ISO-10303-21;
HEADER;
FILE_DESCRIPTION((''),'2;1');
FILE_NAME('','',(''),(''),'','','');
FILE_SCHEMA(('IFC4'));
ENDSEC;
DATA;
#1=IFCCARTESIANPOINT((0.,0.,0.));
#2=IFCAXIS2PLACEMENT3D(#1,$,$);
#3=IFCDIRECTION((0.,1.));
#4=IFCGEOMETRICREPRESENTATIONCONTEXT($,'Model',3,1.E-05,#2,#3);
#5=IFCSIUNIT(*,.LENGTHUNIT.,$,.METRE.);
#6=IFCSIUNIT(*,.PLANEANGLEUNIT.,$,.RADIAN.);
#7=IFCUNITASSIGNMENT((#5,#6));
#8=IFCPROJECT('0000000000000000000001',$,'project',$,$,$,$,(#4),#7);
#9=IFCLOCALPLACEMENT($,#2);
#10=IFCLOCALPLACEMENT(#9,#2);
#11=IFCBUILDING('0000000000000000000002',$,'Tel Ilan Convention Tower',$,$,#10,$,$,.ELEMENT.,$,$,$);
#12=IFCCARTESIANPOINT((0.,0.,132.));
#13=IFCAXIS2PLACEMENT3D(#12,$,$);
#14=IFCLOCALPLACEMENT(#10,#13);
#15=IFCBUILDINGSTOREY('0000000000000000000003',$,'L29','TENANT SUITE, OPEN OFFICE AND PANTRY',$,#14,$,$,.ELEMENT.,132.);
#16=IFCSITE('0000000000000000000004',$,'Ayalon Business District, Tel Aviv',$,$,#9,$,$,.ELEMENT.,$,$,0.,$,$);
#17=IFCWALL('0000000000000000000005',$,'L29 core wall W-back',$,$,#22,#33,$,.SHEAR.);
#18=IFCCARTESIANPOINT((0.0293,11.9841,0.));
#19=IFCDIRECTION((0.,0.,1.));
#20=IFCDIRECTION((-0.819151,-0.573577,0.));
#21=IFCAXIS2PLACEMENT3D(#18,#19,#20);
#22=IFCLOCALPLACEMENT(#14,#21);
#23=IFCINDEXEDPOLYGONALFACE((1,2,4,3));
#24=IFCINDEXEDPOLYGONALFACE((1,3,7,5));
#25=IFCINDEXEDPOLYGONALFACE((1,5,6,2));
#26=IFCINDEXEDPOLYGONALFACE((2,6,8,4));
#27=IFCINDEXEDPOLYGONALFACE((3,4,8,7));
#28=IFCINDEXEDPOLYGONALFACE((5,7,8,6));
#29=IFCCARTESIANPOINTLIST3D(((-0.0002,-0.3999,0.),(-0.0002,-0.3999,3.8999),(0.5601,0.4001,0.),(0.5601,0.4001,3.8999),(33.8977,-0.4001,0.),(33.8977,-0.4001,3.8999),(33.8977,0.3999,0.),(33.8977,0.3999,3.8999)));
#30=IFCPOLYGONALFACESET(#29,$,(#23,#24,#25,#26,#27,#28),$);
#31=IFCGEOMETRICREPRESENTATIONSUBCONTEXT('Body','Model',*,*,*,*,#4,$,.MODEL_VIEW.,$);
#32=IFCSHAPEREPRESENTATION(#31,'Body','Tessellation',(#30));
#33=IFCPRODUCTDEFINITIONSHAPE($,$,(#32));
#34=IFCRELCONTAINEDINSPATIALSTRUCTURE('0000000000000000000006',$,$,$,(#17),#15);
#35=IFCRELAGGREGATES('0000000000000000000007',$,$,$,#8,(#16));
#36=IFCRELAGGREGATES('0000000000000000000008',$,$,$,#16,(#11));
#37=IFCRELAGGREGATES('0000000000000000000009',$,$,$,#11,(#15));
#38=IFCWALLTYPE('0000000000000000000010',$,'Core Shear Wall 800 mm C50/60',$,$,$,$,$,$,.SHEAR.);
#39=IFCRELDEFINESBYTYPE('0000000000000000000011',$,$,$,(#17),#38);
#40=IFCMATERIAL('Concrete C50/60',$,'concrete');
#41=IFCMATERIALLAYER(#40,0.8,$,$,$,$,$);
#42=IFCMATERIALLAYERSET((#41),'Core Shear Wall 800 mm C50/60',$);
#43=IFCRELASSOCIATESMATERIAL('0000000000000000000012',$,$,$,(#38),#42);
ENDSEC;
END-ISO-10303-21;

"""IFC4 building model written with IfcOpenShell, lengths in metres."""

from ifc_helpers import new_model, si_unit, direction, frame, origin, place, context, subcontext, project, spatial, polyline, outline, extrude, material, layer, layer_set, type_object, element, save


model = new_model("IFC4")

# Units and contexts
model_context = context("Model", 3, precision=1e-05, world=origin(), true_north=direction((0.0, 1.0)))
body_context = subcontext(model_context, "Body", "Model", "MODEL_VIEW")
ifc_project = project(units=[si_unit("LENGTHUNIT", "METRE"), si_unit("PLANEANGLEUNIT", "RADIAN")], contexts=[model_context])

# Site, building, storey
site_placement = place(None, origin())
site = spatial("IfcSite", under=ifc_project, at=site_placement, Name="Ayalon Business District, Tel Aviv", CompositionType="ELEMENT", RefElevation=0.0)
building_placement = place(site_placement, origin())
building = spatial("IfcBuilding", under=site, at=building_placement, Name="Tel Ilan Convention Tower", CompositionType="ELEMENT")
storey_placement = place(building_placement, frame((0.0, 0.0, 132.0)))
storey = spatial("IfcBuildingStorey", under=building, at=storey_placement, Name="L29", Description="TENANT SUITE, OPEN OFFICE AND PANTRY", CompositionType="ELEMENT", Elevation=132.0)

# Wall
ifc_material_1 = material(Name="Concrete C50/60", Category="concrete")
ifc_layer_1 = layer(ifc_material_1, 0.8)
ifc_layer_set_1 = layer_set([ifc_layer_1], Name="Core Shear Wall 800 mm C50/60")
wall_type_1 = type_object("IfcWallType", Name="Core Shear Wall 800 mm C50/60", PredefinedType="SHEAR", material=ifc_layer_set_1)
wall_1_placement = place(storey_placement, frame((0.0293, 11.9841, 0.0), z_axis=(0.0, 0.0, 1.0), x_axis=(-0.819151, -0.573577, 0.0)))
element("IfcWall", 1, at=wall_1_placement, inside=storey, type_object=wall_type_1, Name="L29 core wall W-back", PredefinedType="SHEAR", context=body_context, shape_type="SweptSolid", body=[
    extrude(outline(polyline([(33.8977, 0.3999), (0.5601, 0.4001), (-0.0002, -0.3999), (33.8977, -0.4001), (33.8977, 0.3999)])), origin(), (0.0, 0.0, 1.0), 3.8999),
])

save(model, "model.ifc")
